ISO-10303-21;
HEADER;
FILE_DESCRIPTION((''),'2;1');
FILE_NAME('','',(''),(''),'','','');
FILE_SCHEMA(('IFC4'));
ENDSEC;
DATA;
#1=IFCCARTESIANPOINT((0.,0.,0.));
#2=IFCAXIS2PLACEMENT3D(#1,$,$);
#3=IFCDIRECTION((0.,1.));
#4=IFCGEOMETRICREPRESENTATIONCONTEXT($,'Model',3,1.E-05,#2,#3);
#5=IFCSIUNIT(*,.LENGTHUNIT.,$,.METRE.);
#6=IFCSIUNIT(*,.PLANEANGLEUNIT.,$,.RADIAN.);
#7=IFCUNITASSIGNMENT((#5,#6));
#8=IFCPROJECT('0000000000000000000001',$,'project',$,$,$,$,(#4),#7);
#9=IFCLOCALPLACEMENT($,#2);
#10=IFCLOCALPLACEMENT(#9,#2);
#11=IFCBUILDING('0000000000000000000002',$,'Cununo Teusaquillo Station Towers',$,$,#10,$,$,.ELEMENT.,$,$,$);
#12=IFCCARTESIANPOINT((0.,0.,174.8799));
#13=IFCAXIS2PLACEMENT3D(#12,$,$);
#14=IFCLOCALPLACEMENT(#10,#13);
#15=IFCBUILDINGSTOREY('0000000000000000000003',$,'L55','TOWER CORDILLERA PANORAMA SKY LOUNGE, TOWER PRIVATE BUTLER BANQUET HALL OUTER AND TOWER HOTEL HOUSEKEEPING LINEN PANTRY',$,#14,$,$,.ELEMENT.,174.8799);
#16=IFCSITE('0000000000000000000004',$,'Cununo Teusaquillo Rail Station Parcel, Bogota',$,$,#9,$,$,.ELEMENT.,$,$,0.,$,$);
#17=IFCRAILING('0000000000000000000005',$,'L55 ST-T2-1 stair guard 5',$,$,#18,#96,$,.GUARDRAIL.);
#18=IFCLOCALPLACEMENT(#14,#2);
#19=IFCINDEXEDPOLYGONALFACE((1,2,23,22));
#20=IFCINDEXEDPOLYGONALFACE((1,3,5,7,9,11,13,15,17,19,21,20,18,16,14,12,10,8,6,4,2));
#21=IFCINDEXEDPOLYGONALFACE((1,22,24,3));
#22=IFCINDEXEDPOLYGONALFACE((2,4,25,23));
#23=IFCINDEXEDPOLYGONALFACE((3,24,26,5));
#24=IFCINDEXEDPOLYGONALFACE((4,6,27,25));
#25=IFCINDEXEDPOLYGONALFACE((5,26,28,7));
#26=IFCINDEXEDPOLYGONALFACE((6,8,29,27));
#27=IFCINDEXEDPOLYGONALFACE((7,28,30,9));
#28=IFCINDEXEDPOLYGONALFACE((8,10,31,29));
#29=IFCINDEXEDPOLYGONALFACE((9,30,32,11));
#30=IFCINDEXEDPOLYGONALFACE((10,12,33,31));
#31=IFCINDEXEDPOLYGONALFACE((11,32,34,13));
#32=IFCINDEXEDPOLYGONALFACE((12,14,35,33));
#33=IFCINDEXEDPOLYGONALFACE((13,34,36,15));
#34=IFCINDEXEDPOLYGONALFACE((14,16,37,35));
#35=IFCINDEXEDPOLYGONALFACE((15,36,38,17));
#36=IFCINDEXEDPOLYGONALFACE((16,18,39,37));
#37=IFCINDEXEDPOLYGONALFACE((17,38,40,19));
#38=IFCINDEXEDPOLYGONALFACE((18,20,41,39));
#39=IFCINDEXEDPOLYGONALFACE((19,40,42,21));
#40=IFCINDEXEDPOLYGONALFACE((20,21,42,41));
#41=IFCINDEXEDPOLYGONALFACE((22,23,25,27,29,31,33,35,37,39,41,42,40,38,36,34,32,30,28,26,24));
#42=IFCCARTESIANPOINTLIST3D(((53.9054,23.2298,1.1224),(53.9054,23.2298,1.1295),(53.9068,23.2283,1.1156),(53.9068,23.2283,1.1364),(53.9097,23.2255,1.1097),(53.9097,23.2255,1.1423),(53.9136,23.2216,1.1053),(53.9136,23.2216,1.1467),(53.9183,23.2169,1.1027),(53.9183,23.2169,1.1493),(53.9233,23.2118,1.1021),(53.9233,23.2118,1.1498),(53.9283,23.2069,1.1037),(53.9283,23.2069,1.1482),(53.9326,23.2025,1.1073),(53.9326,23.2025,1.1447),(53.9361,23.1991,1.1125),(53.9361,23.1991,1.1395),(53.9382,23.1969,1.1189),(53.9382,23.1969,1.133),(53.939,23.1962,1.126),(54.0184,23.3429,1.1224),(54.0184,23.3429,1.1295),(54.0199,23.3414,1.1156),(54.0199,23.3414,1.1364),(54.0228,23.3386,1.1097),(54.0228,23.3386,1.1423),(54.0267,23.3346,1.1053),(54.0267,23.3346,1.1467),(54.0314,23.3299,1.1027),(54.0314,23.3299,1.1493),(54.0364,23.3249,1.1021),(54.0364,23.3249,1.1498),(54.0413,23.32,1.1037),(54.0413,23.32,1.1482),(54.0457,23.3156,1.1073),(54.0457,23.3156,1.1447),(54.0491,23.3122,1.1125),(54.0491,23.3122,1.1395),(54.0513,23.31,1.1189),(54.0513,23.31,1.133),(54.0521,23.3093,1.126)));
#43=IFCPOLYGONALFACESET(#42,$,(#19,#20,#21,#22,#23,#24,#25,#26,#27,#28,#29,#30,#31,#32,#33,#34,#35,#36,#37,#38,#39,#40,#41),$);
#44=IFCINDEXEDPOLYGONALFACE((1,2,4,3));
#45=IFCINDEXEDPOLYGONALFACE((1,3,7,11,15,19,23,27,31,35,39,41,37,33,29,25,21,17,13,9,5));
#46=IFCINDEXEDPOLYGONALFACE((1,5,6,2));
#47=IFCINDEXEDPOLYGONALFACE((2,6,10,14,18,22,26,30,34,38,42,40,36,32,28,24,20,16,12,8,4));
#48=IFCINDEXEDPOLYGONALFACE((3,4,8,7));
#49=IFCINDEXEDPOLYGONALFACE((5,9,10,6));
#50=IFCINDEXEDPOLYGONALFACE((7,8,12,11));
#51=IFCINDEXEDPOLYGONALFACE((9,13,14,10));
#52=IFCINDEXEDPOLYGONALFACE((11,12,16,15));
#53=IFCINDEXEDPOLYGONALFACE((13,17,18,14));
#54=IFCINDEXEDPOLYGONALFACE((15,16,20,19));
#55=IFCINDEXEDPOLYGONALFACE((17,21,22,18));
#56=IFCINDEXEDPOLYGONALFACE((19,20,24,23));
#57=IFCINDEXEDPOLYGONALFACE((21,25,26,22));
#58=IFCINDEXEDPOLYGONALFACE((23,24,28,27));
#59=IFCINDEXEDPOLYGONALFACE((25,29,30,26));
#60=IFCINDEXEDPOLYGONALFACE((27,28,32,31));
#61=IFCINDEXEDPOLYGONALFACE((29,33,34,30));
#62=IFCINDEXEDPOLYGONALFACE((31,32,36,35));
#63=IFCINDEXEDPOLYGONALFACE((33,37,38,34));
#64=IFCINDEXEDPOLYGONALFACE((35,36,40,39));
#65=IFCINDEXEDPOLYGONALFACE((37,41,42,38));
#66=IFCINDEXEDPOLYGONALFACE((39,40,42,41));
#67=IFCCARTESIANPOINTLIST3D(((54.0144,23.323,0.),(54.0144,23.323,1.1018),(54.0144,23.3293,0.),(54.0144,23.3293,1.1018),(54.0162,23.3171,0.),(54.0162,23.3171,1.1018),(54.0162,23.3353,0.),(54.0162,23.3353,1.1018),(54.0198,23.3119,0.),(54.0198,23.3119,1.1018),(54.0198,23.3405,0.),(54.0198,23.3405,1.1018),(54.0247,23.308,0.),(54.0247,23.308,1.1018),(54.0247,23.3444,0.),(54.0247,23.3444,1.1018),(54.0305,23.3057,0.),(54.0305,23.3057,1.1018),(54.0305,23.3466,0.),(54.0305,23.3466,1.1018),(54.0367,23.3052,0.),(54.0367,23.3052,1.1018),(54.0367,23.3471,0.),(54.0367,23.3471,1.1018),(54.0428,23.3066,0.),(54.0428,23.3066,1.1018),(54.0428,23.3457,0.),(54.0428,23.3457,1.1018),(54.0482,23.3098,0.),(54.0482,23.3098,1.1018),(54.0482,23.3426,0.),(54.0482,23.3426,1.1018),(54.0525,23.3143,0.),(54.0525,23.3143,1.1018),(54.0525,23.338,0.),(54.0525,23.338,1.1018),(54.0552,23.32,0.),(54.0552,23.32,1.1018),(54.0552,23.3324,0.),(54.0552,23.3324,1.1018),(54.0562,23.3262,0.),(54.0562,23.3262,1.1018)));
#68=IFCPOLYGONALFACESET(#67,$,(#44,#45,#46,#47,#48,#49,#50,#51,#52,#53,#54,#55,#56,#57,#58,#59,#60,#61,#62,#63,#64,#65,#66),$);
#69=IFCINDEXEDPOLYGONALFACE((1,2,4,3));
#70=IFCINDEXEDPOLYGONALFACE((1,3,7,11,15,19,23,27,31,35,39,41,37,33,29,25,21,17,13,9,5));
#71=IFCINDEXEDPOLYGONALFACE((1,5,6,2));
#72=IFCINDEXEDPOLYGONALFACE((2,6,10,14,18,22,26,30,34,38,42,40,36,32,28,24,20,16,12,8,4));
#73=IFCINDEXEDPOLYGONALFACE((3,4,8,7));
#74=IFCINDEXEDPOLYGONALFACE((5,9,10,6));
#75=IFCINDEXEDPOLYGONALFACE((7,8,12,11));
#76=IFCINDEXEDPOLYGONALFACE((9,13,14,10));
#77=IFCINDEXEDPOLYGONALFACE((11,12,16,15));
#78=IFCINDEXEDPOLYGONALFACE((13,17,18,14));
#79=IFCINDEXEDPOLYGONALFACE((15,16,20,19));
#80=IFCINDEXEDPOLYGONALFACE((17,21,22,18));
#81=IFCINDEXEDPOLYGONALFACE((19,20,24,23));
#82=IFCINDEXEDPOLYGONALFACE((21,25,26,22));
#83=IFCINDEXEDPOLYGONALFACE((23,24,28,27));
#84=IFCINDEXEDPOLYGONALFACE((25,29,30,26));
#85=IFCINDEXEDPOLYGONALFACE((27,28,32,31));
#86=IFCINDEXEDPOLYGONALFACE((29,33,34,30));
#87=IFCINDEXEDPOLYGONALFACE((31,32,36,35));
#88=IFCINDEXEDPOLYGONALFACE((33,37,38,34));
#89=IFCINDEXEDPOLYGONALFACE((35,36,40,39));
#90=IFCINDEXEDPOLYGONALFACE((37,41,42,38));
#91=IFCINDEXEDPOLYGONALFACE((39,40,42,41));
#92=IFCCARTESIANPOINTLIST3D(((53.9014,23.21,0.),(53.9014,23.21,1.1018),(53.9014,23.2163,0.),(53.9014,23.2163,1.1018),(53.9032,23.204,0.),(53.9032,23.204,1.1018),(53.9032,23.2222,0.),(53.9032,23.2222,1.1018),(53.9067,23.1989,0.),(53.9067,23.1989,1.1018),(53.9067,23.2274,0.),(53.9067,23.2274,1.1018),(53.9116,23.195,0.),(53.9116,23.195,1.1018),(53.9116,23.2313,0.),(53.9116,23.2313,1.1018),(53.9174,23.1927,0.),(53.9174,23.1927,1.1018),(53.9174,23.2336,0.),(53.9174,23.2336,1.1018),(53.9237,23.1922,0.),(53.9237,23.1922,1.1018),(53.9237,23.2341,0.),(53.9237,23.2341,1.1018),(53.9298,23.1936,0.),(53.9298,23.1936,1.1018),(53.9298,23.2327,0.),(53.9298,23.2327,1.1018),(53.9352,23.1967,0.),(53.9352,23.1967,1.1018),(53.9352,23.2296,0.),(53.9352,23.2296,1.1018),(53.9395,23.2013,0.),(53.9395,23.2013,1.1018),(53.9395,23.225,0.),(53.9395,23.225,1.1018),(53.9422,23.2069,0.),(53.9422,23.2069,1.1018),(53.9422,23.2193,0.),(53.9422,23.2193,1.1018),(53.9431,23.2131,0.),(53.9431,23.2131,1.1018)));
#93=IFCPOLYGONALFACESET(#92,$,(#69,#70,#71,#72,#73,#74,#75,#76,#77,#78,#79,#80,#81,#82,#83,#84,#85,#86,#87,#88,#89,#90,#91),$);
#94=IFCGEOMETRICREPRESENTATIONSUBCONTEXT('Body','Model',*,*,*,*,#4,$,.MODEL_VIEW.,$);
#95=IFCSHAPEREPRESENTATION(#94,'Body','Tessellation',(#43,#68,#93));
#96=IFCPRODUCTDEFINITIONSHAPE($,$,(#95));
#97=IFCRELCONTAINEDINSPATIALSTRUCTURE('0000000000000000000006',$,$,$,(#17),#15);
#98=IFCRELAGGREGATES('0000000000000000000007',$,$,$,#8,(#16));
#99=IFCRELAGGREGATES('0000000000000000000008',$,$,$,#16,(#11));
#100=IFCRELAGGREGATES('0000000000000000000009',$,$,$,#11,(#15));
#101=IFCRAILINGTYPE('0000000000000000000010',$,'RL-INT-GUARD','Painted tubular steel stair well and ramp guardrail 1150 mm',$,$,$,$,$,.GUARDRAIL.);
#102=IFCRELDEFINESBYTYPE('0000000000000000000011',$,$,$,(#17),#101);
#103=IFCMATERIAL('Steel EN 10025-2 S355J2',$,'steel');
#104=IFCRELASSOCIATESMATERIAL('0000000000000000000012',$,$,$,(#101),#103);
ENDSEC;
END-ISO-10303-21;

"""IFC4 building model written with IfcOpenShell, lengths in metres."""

from ifc_helpers import new_model, si_unit, direction, frame, origin, origin_2d, place, context, subcontext, project, spatial, circle, extrude, material, type_object, element, save


model = new_model("IFC4")

# Units and contexts
model_context = context("Model", 3, precision=1e-05, world=origin(), true_north=direction((0.0, 1.0)))
body_context = subcontext(model_context, "Body", "Model", "MODEL_VIEW")
ifc_project = project(units=[si_unit("LENGTHUNIT", "METRE"), si_unit("PLANEANGLEUNIT", "RADIAN")], contexts=[model_context])

# Site, building, storey
site_placement = place(None, origin())
site = spatial("IfcSite", under=ifc_project, at=site_placement, Name="Cununo Teusaquillo Rail Station Parcel, Bogota", CompositionType="ELEMENT", RefElevation=0.0)
building_placement = place(site_placement, origin())
building = spatial("IfcBuilding", under=site, at=building_placement, Name="Cununo Teusaquillo Station Towers", CompositionType="ELEMENT")
storey_placement = place(building_placement, frame((0.0, 0.0, 174.8799)))
storey = spatial("IfcBuildingStorey", under=building, at=storey_placement, Name="L55", Description="TOWER CORDILLERA PANORAMA SKY LOUNGE, TOWER PRIVATE BUTLER BANQUET HALL OUTER AND TOWER HOTEL HOUSEKEEPING LINEN PANTRY", CompositionType="ELEMENT", Elevation=174.8799)

# Railing
ifc_material_1 = material(Name="Steel EN 10025-2 S355J2", Category="steel")
railing_type_1 = type_object("IfcRailingType", Name="RL-INT-GUARD", Description="Painted tubular steel stair well and ramp guardrail 1150 mm", PredefinedType="GUARDRAIL", material=ifc_material_1)
railing_1_placement = place(storey_placement, frame((54.0352, 23.3262, 0.0)))
element("IfcRailing", 1, at=railing_1_placement, inside=storey, type_object=railing_type_1, Name="L55 ST-T2-1 stair guard 5", PredefinedType="GUARDRAIL", context=body_context, shape_type="SweptSolid", body=[
    extrude(circle(Radius=0.0239, at=origin_2d()), frame((0.0, 0.0, 1.126), z_axis=(-0.707107, -0.707107, 0.0), x_axis=(0.707107, -0.707107, 0.0)), (0.0, 0.0, 1.0), 0.1599),
    extrude(circle(Radius=0.021, at=origin_2d()), origin(), (0.0, 0.0, 1.0), 1.1018),
    extrude(circle(Radius=0.021, at=origin_2d()), frame((-0.113, -0.113, 0.0)), (0.0, 0.0, 1.0), 1.1018),
])

save(model, "model.ifc")
